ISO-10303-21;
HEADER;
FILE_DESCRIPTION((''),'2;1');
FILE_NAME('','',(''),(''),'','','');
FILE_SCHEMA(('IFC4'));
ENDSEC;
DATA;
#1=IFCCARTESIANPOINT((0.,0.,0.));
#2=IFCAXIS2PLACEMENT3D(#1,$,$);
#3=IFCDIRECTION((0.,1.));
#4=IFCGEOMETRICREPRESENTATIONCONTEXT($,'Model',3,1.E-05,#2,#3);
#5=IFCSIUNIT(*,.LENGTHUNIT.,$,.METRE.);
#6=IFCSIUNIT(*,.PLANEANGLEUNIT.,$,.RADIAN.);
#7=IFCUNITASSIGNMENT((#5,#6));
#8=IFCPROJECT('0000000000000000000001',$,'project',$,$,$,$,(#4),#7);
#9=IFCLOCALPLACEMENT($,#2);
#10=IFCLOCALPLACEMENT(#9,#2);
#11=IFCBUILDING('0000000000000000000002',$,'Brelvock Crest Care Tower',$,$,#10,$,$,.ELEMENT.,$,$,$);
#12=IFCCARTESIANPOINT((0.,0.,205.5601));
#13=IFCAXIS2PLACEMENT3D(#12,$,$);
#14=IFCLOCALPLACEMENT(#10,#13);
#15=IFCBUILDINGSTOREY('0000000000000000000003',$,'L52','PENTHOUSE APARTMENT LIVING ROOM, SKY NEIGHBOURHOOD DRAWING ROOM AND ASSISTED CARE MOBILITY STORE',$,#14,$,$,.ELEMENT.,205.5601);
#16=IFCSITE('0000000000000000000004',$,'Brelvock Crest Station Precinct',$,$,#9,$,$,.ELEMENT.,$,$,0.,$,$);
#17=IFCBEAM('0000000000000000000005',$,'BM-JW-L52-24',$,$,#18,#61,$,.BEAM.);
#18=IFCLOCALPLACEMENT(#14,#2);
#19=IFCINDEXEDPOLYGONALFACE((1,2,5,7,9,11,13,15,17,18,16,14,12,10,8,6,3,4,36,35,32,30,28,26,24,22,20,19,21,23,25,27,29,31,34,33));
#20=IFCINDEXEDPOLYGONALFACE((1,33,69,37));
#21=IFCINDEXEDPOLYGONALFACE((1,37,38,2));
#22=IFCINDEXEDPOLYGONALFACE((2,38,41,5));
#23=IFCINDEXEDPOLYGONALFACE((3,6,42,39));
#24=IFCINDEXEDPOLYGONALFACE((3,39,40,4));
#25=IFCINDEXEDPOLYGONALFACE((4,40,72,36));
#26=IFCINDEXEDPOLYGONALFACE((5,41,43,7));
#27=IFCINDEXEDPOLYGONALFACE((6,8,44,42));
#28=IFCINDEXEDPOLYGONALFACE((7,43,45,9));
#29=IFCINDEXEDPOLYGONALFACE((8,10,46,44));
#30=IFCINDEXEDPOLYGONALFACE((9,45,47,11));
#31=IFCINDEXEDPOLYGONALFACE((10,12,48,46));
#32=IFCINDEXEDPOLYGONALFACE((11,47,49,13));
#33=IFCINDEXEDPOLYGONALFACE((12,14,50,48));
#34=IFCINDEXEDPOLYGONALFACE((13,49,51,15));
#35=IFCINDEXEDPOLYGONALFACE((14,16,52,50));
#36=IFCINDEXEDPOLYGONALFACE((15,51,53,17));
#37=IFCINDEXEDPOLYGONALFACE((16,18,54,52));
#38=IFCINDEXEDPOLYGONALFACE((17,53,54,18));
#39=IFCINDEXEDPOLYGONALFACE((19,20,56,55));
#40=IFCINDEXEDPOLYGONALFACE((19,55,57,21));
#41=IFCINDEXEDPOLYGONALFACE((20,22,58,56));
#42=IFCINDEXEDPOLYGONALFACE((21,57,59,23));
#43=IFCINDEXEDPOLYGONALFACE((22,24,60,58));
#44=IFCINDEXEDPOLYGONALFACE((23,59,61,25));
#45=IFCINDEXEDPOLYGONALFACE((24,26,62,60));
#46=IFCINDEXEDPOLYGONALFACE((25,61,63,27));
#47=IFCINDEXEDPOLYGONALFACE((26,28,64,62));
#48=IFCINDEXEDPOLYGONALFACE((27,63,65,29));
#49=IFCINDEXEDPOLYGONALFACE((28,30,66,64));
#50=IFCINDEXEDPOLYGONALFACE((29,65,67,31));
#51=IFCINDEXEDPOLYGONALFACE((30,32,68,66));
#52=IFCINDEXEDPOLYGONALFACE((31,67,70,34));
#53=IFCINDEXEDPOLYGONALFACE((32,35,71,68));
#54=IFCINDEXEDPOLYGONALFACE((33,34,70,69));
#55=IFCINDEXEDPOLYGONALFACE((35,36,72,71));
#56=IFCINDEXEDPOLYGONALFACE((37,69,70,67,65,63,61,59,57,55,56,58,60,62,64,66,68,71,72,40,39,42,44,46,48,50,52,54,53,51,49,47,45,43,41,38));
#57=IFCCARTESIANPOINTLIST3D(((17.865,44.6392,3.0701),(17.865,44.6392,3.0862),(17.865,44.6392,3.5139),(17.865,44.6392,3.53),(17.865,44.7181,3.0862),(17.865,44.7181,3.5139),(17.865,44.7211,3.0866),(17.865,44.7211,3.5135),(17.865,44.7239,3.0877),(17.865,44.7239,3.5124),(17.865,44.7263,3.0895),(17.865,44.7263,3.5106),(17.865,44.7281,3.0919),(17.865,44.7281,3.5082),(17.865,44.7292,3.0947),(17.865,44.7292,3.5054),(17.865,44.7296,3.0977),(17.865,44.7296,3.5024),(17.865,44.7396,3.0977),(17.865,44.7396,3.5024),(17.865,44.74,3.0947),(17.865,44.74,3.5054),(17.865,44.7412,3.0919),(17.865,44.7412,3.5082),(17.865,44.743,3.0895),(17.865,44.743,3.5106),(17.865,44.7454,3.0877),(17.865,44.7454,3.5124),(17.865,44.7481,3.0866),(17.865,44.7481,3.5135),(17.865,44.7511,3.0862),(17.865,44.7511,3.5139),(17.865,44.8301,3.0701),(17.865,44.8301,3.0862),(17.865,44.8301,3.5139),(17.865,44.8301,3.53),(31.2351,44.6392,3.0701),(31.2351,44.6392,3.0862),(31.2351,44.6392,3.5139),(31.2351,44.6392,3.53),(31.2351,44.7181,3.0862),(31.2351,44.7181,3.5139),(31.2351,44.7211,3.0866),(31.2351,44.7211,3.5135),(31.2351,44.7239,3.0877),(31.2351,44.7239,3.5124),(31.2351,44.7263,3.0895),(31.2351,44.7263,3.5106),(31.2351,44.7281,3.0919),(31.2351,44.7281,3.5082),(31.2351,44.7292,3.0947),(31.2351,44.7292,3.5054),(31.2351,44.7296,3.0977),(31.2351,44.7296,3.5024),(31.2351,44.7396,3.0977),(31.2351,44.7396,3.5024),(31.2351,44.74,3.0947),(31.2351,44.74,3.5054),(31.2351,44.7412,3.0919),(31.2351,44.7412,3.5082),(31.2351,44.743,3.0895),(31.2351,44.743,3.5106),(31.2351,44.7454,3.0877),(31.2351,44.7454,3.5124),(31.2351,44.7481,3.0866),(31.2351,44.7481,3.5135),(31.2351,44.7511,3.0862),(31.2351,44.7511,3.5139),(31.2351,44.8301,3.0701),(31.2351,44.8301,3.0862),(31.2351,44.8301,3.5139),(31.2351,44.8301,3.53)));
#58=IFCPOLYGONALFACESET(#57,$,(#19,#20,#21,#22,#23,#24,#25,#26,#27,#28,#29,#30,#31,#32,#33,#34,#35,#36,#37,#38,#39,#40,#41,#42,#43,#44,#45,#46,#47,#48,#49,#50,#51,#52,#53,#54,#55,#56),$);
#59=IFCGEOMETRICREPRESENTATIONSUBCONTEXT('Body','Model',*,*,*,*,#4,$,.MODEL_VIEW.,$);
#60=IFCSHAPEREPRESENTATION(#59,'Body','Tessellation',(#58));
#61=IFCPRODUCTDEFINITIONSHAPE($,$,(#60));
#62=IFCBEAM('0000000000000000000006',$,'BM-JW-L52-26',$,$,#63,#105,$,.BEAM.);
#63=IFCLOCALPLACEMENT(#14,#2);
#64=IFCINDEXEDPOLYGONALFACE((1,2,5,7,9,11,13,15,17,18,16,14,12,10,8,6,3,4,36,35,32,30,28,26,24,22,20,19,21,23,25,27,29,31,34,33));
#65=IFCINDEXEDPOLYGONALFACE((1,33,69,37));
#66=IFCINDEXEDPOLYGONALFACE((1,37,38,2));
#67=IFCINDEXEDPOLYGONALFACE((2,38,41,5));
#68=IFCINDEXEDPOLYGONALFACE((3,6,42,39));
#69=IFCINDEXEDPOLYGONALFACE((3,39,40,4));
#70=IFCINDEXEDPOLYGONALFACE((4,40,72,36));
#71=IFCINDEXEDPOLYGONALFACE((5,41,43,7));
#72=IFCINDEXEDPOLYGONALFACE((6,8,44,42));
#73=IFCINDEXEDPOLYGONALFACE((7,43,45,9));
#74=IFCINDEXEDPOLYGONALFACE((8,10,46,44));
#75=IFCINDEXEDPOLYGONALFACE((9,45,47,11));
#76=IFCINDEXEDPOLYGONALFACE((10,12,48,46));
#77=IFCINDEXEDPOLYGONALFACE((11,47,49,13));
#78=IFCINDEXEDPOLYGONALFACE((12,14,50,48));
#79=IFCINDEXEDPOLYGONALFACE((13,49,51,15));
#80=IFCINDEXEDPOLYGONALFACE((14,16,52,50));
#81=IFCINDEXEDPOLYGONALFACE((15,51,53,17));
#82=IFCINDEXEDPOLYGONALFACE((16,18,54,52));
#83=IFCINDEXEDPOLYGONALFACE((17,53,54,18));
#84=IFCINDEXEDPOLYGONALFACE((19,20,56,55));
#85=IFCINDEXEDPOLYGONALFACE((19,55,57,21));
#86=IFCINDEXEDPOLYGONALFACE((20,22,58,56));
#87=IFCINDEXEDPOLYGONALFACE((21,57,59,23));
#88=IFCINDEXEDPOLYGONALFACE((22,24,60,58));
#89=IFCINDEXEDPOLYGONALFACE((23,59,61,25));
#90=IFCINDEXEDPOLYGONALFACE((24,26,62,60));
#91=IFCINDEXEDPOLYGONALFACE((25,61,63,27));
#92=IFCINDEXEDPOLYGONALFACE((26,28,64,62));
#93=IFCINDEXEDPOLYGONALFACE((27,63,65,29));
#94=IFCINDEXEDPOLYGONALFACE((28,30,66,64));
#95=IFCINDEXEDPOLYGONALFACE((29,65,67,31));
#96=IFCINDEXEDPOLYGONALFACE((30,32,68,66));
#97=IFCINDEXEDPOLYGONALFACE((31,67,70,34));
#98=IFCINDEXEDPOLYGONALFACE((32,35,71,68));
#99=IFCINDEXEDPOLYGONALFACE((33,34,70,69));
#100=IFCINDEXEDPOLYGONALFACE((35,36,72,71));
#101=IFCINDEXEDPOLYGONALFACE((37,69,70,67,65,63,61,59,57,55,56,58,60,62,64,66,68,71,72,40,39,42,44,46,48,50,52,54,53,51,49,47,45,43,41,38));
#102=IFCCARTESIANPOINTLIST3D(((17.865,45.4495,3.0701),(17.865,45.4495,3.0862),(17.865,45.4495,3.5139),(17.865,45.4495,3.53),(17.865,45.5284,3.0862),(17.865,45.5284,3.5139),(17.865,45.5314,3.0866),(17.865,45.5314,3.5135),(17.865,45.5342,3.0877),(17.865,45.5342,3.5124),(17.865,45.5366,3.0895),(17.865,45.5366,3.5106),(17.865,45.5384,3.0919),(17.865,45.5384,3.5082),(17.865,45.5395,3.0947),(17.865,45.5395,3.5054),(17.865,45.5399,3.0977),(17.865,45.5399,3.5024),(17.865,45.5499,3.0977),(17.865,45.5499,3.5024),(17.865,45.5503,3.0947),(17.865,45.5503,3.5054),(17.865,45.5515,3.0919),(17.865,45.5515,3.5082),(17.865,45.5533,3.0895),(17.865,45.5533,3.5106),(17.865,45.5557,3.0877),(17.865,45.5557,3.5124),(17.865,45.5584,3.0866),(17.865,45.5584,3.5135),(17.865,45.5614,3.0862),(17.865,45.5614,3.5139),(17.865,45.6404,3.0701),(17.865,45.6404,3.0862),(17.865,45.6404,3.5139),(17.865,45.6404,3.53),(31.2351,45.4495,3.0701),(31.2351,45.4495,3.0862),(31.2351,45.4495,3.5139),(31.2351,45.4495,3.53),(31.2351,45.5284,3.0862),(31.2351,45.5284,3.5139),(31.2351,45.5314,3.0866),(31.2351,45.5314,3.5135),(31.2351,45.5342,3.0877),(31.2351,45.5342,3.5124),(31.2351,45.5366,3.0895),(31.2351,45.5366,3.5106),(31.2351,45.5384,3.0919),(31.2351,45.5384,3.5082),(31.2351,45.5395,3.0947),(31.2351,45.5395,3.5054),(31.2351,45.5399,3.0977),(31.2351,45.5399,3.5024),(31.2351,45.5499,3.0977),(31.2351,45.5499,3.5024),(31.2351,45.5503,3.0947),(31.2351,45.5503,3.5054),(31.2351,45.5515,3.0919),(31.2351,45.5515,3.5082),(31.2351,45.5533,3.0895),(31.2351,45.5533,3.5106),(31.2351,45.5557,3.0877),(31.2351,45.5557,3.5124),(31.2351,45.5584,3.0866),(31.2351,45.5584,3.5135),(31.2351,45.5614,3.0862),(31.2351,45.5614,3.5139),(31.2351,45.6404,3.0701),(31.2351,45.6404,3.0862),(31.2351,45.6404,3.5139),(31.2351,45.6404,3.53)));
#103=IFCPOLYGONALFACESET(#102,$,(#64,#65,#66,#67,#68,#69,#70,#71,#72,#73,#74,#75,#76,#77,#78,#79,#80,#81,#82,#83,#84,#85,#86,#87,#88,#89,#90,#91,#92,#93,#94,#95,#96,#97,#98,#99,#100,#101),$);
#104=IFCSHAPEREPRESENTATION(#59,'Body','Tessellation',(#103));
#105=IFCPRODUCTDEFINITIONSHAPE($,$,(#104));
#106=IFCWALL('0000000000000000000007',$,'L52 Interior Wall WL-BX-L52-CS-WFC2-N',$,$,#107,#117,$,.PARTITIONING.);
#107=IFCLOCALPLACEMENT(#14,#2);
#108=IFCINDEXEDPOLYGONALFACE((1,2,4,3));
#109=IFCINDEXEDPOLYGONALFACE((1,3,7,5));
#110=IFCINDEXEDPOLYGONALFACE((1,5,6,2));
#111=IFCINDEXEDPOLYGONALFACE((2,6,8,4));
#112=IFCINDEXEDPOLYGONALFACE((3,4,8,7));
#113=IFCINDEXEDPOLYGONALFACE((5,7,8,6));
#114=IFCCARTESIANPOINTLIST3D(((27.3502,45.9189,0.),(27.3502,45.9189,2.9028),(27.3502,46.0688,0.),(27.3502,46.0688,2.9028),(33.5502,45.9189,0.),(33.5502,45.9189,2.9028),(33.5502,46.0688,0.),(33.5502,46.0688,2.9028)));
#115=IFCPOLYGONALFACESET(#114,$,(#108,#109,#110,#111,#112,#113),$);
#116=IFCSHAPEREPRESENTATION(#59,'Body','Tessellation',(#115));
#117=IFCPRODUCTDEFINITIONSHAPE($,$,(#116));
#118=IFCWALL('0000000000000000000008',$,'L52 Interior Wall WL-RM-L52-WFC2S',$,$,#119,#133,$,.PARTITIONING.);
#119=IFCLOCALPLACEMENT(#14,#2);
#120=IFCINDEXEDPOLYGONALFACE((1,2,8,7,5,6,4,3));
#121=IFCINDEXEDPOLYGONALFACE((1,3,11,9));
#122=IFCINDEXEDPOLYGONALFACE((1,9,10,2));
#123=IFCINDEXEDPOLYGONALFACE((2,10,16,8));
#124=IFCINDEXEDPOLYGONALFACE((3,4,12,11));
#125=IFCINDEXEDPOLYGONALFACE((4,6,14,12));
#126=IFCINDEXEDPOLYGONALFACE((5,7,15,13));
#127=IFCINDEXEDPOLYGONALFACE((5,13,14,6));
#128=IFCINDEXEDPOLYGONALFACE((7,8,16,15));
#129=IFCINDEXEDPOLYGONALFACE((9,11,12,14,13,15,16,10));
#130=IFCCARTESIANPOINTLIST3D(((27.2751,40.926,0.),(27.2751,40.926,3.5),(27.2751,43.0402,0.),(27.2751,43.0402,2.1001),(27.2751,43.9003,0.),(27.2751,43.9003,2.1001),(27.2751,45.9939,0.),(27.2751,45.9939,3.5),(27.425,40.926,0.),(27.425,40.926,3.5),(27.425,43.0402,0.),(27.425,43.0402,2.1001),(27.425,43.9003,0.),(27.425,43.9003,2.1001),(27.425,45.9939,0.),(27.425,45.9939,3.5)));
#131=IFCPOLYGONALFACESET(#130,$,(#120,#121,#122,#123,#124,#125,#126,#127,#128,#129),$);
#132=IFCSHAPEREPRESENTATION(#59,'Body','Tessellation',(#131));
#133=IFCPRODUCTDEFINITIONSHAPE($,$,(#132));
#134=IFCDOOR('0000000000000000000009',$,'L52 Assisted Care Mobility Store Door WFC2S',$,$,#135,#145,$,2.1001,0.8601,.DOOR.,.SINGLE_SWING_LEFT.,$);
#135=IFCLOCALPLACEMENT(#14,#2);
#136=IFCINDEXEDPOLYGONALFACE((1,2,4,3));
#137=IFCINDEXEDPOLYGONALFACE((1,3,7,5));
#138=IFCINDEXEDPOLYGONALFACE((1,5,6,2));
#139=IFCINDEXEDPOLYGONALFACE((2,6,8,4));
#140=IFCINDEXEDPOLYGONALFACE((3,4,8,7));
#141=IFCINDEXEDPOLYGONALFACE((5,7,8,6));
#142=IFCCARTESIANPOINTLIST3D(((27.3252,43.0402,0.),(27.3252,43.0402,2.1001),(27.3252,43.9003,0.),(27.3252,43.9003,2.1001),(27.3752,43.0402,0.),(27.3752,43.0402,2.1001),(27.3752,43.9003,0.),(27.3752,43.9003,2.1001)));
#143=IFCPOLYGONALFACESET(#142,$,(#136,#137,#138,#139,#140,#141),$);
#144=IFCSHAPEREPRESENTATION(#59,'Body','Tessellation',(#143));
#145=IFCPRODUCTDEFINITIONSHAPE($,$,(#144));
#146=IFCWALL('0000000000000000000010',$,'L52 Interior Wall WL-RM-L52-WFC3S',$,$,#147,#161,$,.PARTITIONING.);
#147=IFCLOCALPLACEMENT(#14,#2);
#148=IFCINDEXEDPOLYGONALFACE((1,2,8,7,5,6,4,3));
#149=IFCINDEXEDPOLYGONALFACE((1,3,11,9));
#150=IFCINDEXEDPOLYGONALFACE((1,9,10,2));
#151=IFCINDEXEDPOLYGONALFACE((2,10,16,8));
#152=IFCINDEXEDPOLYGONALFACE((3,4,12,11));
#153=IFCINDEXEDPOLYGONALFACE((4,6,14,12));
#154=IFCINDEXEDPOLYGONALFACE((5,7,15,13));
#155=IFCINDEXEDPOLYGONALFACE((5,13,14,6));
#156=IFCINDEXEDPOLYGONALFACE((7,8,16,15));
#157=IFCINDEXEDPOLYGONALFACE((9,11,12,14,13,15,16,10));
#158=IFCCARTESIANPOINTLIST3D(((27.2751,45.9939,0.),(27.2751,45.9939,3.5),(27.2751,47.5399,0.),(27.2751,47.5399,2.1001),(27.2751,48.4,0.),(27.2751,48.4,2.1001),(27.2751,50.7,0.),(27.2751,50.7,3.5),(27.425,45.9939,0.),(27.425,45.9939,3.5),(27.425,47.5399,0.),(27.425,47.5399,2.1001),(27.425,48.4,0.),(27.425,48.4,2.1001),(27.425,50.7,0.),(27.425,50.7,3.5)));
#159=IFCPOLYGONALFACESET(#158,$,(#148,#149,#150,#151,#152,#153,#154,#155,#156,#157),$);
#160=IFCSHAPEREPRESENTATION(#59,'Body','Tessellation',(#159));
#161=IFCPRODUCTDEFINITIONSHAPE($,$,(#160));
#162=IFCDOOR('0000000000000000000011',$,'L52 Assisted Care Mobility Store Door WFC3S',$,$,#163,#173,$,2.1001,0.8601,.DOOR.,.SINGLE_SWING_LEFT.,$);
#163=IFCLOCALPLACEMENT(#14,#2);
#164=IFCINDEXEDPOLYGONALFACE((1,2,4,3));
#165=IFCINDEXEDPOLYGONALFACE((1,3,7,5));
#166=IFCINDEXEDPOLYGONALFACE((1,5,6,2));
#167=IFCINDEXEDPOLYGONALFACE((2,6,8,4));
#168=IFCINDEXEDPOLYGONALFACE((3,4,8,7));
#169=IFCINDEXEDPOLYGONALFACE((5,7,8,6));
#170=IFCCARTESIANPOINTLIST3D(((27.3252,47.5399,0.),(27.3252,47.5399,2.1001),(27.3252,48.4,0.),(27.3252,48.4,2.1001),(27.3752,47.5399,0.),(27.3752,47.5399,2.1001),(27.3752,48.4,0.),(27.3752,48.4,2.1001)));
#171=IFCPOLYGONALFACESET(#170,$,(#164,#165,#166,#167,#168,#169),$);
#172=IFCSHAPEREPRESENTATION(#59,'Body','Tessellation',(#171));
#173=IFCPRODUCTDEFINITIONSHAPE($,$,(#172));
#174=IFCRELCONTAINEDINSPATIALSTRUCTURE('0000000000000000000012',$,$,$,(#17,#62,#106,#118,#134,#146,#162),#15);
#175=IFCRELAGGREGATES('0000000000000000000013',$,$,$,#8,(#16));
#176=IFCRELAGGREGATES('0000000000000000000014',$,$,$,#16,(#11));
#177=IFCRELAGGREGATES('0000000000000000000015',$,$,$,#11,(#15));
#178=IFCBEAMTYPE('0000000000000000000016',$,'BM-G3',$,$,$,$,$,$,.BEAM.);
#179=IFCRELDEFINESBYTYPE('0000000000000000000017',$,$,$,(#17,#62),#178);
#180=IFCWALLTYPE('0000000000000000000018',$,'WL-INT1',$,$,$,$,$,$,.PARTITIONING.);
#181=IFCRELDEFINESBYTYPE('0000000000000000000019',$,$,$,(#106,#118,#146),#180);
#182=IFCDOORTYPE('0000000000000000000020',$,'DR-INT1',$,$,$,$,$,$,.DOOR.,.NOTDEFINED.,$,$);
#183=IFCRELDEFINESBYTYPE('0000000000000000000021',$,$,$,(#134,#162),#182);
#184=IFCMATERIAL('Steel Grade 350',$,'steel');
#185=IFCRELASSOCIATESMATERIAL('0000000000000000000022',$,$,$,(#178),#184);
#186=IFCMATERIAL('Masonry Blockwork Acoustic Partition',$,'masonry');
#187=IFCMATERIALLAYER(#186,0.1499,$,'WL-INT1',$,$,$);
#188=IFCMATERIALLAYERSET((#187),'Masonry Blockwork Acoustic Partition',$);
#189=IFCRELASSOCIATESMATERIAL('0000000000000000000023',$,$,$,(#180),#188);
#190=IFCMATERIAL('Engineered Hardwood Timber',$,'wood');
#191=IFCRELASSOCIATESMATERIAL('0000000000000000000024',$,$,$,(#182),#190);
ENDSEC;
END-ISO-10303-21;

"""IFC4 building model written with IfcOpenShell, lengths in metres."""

from ifc_helpers import new_model, si_unit, direction, frame, frame_2d, origin, origin_2d, place, context, subcontext, project, spatial, rectangle, i_section, extrude, source, transform, mapped, material, layer, layer_set, material_profile, profile_set, type_object, element, fill, save


model = new_model("IFC4")

# Units and contexts
model_context = context("Model", 3, precision=1e-05, world=origin(), true_north=direction((0.0, 1.0)))
body_context = subcontext(model_context, "Body", "Model", "MODEL_VIEW")
ifc_project = project(units=[si_unit("LENGTHUNIT", "METRE"), si_unit("PLANEANGLEUNIT", "RADIAN")], contexts=[model_context])

# Site, building, storey
site_placement = place(None, origin())
site = spatial("IfcSite", under=ifc_project, at=site_placement, Name="Brelvock Crest Station Precinct", CompositionType="ELEMENT", RefElevation=0.0)
building_placement = place(site_placement, origin())
building = spatial("IfcBuilding", under=site, at=building_placement, Name="Brelvock Crest Care Tower", CompositionType="ELEMENT")
storey_placement = place(building_placement, frame((0.0, 0.0, 205.5601)))
storey = spatial("IfcBuildingStorey", under=building, at=storey_placement, Name="L52", Description="PENTHOUSE APARTMENT LIVING ROOM, SKY NEIGHBOURHOOD DRAWING ROOM AND ASSISTED CARE MOBILITY STORE", CompositionType="ELEMENT", Elevation=205.5601)

# Beams
ifc_material_1 = material(Name="Steel Grade 350", Category="steel")
ifc_material_profile_1 = material_profile(ifc_material_1, i_section(OverallWidth=0.1909, OverallDepth=0.46, WebThickness=0.01, FlangeThickness=0.0161, FilletRadius=0.0115, at=origin_2d()), Name="460UB82.1")
ifc_profile_set_1 = profile_set([ifc_material_profile_1], Name="Steel Grade 350")
beam_type_1 = type_object("IfcBeamType", Name="BM-G3", PredefinedType="BEAM", material=ifc_profile_set_1)
shared_shape_1 = source(origin(), body_context, "Body", "SweptSolid", [
    extrude(i_section(OverallWidth=0.1909, OverallDepth=0.46, WebThickness=0.01, FlangeThickness=0.0161, FilletRadius=0.0115, at=origin_2d()), origin(), (0.0, 0.0, 1.0), 13.3701),
])
for number, where, z_axis, x_axis, name in (
    (1, (17.865, 44.7346, 3.3), (1.0, 0.0, 0.0), (0.0, 1.0, 0.0), "BM-JW-L52-24"),
    (2, (17.865, 45.5449, 3.3), (1.0, 0.0, 0.0), (0.0, 1.0, 0.0), "BM-JW-L52-26"),
):
    element("IfcBeam", number, at=place(storey_placement, frame(where, z_axis=z_axis, x_axis=x_axis)), inside=storey, type_object=beam_type_1, Name=name, PredefinedType="BEAM", context=body_context, shape_type="MappedRepresentation", body=[
        mapped(shared_shape_1, transform((0.0, 0.0, 0.0), x_axis=(1.0, 0.0, 0.0), y_axis=(0.0, 1.0, 0.0), z_axis=(0.0, 0.0, 1.0), scale=1.0)),
    ])

# Wall
ifc_material_2 = material(Name="Masonry Blockwork Acoustic Partition", Category="masonry")
ifc_layer_1 = layer(ifc_material_2, 0.1499, Name="WL-INT1")
ifc_layer_set_1 = layer_set([ifc_layer_1], Name="Masonry Blockwork Acoustic Partition")
wall_type_1 = type_object("IfcWallType", Name="WL-INT1", PredefinedType="PARTITIONING", material=ifc_layer_set_1)
wall_1_placement = place(storey_placement, frame((27.3501, 45.9939, 0.0), z_axis=(0.0, 0.0, 1.0), x_axis=(1.0, 0.0, 0.0)))
element("IfcWall", 3, at=wall_1_placement, inside=storey, type_object=wall_type_1, Name="L52 Interior Wall WL-BX-L52-CS-WFC2-N", PredefinedType="PARTITIONING", context=body_context, shape_type="SweptSolid", body=[
    extrude(rectangle(XDim=6.2, YDim=0.1499, at=frame_2d((3.1001, 0.0))), origin(), (0.0, 0.0, 1.0), 2.9028),
])

# Walls, openings, doors
wall_2_placement = place(storey_placement, frame((27.3501, 40.926, 0.0), z_axis=(0.0, 0.0, 1.0), x_axis=(0.0, 1.0, 0.0)))
wall_2 = element("IfcWall", 4, at=wall_2_placement, inside=storey, type_object=wall_type_1, Name="L52 Interior Wall WL-RM-L52-WFC2S", PredefinedType="PARTITIONING", context=body_context, shape_type="SweptSolid", body=[
    extrude(rectangle(XDim=5.0679, YDim=0.1499, at=frame_2d((2.5339, 0.0))), origin(), (0.0, 0.0, 1.0), 3.5),
])
opening_1_placement = place(wall_2_placement, frame((2.114, 0.0, 0.0)))
opening_1 = element("IfcOpeningElement", 5, at=opening_1_placement, cuts=wall_2, PredefinedType="OPENING", context=body_context, shape_type="SweptSolid", body=[
    extrude(rectangle(XDim=0.8601, YDim=2.1001, at=origin_2d()), frame((0.4302, 0.085, 1.05), z_axis=(0.0, -1.0, 0.0), x_axis=(1.0, 0.0, 0.0)), (0.0, 0.0, 1.0), 0.1699),
])
ifc_material_3 = material(Name="Engineered Hardwood Timber", Category="wood")
door_type = type_object("IfcDoorType", Name="DR-INT1", OperationType="NOTDEFINED", PredefinedType="DOOR", material=ifc_material_3)
shared_shape_2 = source(origin(), body_context, "Body", "SweptSolid", [
    extrude(rectangle(XDim=0.8601, YDim=2.1001, at=origin_2d()), frame((0.4302, 0.0249, 1.05), z_axis=(0.0, -1.0, 0.0), x_axis=(1.0, 0.0, 0.0)), (0.0, 0.0, 1.0), 0.05),
])
door_1_placement = place(opening_1_placement, origin())
door_1 = element("IfcDoor", 6, at=door_1_placement, inside=storey, type_object=door_type, Name="L52 Assisted Care Mobility Store Door WFC2S", OperationType="SINGLE_SWING_LEFT", OverallHeight=2.1001, OverallWidth=0.8601, PredefinedType="DOOR", context=body_context, shape_type="MappedRepresentation", body=[
    mapped(shared_shape_2, transform((0.0, 0.0, 0.0), x_axis=(1.0, 0.0, 0.0), y_axis=(0.0, 1.0, 0.0), z_axis=(0.0, 0.0, 1.0), scale=1.0)),
])
fill(opening_1, door_1)
wall_3_placement = place(storey_placement, frame((27.3501, 45.9939, 0.0), z_axis=(0.0, 0.0, 1.0), x_axis=(0.0, 1.0, 0.0)))
wall_3 = element("IfcWall", 7, at=wall_3_placement, inside=storey, type_object=wall_type_1, Name="L52 Interior Wall WL-RM-L52-WFC3S", PredefinedType="PARTITIONING", context=body_context, shape_type="SweptSolid", body=[
    extrude(rectangle(XDim=4.7061, YDim=0.1499, at=frame_2d((2.353, 0.0))), origin(), (0.0, 0.0, 1.0), 3.5),
])
opening_2_placement = place(wall_3_placement, frame((1.5459, 0.0, 0.0)))
opening_2 = element("IfcOpeningElement", 8, at=opening_2_placement, cuts=wall_3, PredefinedType="OPENING", context=body_context, shape_type="SweptSolid", body=[
    extrude(rectangle(XDim=0.8601, YDim=2.1001, at=origin_2d()), frame((0.4302, 0.085, 1.05), z_axis=(0.0, -1.0, 0.0), x_axis=(1.0, 0.0, 0.0)), (0.0, 0.0, 1.0), 0.1699),
])
door_2_placement = place(opening_2_placement, origin())
door_2 = element("IfcDoor", 9, at=door_2_placement, inside=storey, type_object=door_type, Name="L52 Assisted Care Mobility Store Door WFC3S", OperationType="SINGLE_SWING_LEFT", OverallHeight=2.1001, OverallWidth=0.8601, PredefinedType="DOOR", context=body_context, shape_type="MappedRepresentation", body=[
    mapped(shared_shape_2, transform((0.0, 0.0, 0.0), x_axis=(1.0, 0.0, 0.0), y_axis=(0.0, 1.0, 0.0), z_axis=(0.0, 0.0, 1.0), scale=1.0)),
])
fill(opening_2, door_2)

save(model, "model.ifc")
